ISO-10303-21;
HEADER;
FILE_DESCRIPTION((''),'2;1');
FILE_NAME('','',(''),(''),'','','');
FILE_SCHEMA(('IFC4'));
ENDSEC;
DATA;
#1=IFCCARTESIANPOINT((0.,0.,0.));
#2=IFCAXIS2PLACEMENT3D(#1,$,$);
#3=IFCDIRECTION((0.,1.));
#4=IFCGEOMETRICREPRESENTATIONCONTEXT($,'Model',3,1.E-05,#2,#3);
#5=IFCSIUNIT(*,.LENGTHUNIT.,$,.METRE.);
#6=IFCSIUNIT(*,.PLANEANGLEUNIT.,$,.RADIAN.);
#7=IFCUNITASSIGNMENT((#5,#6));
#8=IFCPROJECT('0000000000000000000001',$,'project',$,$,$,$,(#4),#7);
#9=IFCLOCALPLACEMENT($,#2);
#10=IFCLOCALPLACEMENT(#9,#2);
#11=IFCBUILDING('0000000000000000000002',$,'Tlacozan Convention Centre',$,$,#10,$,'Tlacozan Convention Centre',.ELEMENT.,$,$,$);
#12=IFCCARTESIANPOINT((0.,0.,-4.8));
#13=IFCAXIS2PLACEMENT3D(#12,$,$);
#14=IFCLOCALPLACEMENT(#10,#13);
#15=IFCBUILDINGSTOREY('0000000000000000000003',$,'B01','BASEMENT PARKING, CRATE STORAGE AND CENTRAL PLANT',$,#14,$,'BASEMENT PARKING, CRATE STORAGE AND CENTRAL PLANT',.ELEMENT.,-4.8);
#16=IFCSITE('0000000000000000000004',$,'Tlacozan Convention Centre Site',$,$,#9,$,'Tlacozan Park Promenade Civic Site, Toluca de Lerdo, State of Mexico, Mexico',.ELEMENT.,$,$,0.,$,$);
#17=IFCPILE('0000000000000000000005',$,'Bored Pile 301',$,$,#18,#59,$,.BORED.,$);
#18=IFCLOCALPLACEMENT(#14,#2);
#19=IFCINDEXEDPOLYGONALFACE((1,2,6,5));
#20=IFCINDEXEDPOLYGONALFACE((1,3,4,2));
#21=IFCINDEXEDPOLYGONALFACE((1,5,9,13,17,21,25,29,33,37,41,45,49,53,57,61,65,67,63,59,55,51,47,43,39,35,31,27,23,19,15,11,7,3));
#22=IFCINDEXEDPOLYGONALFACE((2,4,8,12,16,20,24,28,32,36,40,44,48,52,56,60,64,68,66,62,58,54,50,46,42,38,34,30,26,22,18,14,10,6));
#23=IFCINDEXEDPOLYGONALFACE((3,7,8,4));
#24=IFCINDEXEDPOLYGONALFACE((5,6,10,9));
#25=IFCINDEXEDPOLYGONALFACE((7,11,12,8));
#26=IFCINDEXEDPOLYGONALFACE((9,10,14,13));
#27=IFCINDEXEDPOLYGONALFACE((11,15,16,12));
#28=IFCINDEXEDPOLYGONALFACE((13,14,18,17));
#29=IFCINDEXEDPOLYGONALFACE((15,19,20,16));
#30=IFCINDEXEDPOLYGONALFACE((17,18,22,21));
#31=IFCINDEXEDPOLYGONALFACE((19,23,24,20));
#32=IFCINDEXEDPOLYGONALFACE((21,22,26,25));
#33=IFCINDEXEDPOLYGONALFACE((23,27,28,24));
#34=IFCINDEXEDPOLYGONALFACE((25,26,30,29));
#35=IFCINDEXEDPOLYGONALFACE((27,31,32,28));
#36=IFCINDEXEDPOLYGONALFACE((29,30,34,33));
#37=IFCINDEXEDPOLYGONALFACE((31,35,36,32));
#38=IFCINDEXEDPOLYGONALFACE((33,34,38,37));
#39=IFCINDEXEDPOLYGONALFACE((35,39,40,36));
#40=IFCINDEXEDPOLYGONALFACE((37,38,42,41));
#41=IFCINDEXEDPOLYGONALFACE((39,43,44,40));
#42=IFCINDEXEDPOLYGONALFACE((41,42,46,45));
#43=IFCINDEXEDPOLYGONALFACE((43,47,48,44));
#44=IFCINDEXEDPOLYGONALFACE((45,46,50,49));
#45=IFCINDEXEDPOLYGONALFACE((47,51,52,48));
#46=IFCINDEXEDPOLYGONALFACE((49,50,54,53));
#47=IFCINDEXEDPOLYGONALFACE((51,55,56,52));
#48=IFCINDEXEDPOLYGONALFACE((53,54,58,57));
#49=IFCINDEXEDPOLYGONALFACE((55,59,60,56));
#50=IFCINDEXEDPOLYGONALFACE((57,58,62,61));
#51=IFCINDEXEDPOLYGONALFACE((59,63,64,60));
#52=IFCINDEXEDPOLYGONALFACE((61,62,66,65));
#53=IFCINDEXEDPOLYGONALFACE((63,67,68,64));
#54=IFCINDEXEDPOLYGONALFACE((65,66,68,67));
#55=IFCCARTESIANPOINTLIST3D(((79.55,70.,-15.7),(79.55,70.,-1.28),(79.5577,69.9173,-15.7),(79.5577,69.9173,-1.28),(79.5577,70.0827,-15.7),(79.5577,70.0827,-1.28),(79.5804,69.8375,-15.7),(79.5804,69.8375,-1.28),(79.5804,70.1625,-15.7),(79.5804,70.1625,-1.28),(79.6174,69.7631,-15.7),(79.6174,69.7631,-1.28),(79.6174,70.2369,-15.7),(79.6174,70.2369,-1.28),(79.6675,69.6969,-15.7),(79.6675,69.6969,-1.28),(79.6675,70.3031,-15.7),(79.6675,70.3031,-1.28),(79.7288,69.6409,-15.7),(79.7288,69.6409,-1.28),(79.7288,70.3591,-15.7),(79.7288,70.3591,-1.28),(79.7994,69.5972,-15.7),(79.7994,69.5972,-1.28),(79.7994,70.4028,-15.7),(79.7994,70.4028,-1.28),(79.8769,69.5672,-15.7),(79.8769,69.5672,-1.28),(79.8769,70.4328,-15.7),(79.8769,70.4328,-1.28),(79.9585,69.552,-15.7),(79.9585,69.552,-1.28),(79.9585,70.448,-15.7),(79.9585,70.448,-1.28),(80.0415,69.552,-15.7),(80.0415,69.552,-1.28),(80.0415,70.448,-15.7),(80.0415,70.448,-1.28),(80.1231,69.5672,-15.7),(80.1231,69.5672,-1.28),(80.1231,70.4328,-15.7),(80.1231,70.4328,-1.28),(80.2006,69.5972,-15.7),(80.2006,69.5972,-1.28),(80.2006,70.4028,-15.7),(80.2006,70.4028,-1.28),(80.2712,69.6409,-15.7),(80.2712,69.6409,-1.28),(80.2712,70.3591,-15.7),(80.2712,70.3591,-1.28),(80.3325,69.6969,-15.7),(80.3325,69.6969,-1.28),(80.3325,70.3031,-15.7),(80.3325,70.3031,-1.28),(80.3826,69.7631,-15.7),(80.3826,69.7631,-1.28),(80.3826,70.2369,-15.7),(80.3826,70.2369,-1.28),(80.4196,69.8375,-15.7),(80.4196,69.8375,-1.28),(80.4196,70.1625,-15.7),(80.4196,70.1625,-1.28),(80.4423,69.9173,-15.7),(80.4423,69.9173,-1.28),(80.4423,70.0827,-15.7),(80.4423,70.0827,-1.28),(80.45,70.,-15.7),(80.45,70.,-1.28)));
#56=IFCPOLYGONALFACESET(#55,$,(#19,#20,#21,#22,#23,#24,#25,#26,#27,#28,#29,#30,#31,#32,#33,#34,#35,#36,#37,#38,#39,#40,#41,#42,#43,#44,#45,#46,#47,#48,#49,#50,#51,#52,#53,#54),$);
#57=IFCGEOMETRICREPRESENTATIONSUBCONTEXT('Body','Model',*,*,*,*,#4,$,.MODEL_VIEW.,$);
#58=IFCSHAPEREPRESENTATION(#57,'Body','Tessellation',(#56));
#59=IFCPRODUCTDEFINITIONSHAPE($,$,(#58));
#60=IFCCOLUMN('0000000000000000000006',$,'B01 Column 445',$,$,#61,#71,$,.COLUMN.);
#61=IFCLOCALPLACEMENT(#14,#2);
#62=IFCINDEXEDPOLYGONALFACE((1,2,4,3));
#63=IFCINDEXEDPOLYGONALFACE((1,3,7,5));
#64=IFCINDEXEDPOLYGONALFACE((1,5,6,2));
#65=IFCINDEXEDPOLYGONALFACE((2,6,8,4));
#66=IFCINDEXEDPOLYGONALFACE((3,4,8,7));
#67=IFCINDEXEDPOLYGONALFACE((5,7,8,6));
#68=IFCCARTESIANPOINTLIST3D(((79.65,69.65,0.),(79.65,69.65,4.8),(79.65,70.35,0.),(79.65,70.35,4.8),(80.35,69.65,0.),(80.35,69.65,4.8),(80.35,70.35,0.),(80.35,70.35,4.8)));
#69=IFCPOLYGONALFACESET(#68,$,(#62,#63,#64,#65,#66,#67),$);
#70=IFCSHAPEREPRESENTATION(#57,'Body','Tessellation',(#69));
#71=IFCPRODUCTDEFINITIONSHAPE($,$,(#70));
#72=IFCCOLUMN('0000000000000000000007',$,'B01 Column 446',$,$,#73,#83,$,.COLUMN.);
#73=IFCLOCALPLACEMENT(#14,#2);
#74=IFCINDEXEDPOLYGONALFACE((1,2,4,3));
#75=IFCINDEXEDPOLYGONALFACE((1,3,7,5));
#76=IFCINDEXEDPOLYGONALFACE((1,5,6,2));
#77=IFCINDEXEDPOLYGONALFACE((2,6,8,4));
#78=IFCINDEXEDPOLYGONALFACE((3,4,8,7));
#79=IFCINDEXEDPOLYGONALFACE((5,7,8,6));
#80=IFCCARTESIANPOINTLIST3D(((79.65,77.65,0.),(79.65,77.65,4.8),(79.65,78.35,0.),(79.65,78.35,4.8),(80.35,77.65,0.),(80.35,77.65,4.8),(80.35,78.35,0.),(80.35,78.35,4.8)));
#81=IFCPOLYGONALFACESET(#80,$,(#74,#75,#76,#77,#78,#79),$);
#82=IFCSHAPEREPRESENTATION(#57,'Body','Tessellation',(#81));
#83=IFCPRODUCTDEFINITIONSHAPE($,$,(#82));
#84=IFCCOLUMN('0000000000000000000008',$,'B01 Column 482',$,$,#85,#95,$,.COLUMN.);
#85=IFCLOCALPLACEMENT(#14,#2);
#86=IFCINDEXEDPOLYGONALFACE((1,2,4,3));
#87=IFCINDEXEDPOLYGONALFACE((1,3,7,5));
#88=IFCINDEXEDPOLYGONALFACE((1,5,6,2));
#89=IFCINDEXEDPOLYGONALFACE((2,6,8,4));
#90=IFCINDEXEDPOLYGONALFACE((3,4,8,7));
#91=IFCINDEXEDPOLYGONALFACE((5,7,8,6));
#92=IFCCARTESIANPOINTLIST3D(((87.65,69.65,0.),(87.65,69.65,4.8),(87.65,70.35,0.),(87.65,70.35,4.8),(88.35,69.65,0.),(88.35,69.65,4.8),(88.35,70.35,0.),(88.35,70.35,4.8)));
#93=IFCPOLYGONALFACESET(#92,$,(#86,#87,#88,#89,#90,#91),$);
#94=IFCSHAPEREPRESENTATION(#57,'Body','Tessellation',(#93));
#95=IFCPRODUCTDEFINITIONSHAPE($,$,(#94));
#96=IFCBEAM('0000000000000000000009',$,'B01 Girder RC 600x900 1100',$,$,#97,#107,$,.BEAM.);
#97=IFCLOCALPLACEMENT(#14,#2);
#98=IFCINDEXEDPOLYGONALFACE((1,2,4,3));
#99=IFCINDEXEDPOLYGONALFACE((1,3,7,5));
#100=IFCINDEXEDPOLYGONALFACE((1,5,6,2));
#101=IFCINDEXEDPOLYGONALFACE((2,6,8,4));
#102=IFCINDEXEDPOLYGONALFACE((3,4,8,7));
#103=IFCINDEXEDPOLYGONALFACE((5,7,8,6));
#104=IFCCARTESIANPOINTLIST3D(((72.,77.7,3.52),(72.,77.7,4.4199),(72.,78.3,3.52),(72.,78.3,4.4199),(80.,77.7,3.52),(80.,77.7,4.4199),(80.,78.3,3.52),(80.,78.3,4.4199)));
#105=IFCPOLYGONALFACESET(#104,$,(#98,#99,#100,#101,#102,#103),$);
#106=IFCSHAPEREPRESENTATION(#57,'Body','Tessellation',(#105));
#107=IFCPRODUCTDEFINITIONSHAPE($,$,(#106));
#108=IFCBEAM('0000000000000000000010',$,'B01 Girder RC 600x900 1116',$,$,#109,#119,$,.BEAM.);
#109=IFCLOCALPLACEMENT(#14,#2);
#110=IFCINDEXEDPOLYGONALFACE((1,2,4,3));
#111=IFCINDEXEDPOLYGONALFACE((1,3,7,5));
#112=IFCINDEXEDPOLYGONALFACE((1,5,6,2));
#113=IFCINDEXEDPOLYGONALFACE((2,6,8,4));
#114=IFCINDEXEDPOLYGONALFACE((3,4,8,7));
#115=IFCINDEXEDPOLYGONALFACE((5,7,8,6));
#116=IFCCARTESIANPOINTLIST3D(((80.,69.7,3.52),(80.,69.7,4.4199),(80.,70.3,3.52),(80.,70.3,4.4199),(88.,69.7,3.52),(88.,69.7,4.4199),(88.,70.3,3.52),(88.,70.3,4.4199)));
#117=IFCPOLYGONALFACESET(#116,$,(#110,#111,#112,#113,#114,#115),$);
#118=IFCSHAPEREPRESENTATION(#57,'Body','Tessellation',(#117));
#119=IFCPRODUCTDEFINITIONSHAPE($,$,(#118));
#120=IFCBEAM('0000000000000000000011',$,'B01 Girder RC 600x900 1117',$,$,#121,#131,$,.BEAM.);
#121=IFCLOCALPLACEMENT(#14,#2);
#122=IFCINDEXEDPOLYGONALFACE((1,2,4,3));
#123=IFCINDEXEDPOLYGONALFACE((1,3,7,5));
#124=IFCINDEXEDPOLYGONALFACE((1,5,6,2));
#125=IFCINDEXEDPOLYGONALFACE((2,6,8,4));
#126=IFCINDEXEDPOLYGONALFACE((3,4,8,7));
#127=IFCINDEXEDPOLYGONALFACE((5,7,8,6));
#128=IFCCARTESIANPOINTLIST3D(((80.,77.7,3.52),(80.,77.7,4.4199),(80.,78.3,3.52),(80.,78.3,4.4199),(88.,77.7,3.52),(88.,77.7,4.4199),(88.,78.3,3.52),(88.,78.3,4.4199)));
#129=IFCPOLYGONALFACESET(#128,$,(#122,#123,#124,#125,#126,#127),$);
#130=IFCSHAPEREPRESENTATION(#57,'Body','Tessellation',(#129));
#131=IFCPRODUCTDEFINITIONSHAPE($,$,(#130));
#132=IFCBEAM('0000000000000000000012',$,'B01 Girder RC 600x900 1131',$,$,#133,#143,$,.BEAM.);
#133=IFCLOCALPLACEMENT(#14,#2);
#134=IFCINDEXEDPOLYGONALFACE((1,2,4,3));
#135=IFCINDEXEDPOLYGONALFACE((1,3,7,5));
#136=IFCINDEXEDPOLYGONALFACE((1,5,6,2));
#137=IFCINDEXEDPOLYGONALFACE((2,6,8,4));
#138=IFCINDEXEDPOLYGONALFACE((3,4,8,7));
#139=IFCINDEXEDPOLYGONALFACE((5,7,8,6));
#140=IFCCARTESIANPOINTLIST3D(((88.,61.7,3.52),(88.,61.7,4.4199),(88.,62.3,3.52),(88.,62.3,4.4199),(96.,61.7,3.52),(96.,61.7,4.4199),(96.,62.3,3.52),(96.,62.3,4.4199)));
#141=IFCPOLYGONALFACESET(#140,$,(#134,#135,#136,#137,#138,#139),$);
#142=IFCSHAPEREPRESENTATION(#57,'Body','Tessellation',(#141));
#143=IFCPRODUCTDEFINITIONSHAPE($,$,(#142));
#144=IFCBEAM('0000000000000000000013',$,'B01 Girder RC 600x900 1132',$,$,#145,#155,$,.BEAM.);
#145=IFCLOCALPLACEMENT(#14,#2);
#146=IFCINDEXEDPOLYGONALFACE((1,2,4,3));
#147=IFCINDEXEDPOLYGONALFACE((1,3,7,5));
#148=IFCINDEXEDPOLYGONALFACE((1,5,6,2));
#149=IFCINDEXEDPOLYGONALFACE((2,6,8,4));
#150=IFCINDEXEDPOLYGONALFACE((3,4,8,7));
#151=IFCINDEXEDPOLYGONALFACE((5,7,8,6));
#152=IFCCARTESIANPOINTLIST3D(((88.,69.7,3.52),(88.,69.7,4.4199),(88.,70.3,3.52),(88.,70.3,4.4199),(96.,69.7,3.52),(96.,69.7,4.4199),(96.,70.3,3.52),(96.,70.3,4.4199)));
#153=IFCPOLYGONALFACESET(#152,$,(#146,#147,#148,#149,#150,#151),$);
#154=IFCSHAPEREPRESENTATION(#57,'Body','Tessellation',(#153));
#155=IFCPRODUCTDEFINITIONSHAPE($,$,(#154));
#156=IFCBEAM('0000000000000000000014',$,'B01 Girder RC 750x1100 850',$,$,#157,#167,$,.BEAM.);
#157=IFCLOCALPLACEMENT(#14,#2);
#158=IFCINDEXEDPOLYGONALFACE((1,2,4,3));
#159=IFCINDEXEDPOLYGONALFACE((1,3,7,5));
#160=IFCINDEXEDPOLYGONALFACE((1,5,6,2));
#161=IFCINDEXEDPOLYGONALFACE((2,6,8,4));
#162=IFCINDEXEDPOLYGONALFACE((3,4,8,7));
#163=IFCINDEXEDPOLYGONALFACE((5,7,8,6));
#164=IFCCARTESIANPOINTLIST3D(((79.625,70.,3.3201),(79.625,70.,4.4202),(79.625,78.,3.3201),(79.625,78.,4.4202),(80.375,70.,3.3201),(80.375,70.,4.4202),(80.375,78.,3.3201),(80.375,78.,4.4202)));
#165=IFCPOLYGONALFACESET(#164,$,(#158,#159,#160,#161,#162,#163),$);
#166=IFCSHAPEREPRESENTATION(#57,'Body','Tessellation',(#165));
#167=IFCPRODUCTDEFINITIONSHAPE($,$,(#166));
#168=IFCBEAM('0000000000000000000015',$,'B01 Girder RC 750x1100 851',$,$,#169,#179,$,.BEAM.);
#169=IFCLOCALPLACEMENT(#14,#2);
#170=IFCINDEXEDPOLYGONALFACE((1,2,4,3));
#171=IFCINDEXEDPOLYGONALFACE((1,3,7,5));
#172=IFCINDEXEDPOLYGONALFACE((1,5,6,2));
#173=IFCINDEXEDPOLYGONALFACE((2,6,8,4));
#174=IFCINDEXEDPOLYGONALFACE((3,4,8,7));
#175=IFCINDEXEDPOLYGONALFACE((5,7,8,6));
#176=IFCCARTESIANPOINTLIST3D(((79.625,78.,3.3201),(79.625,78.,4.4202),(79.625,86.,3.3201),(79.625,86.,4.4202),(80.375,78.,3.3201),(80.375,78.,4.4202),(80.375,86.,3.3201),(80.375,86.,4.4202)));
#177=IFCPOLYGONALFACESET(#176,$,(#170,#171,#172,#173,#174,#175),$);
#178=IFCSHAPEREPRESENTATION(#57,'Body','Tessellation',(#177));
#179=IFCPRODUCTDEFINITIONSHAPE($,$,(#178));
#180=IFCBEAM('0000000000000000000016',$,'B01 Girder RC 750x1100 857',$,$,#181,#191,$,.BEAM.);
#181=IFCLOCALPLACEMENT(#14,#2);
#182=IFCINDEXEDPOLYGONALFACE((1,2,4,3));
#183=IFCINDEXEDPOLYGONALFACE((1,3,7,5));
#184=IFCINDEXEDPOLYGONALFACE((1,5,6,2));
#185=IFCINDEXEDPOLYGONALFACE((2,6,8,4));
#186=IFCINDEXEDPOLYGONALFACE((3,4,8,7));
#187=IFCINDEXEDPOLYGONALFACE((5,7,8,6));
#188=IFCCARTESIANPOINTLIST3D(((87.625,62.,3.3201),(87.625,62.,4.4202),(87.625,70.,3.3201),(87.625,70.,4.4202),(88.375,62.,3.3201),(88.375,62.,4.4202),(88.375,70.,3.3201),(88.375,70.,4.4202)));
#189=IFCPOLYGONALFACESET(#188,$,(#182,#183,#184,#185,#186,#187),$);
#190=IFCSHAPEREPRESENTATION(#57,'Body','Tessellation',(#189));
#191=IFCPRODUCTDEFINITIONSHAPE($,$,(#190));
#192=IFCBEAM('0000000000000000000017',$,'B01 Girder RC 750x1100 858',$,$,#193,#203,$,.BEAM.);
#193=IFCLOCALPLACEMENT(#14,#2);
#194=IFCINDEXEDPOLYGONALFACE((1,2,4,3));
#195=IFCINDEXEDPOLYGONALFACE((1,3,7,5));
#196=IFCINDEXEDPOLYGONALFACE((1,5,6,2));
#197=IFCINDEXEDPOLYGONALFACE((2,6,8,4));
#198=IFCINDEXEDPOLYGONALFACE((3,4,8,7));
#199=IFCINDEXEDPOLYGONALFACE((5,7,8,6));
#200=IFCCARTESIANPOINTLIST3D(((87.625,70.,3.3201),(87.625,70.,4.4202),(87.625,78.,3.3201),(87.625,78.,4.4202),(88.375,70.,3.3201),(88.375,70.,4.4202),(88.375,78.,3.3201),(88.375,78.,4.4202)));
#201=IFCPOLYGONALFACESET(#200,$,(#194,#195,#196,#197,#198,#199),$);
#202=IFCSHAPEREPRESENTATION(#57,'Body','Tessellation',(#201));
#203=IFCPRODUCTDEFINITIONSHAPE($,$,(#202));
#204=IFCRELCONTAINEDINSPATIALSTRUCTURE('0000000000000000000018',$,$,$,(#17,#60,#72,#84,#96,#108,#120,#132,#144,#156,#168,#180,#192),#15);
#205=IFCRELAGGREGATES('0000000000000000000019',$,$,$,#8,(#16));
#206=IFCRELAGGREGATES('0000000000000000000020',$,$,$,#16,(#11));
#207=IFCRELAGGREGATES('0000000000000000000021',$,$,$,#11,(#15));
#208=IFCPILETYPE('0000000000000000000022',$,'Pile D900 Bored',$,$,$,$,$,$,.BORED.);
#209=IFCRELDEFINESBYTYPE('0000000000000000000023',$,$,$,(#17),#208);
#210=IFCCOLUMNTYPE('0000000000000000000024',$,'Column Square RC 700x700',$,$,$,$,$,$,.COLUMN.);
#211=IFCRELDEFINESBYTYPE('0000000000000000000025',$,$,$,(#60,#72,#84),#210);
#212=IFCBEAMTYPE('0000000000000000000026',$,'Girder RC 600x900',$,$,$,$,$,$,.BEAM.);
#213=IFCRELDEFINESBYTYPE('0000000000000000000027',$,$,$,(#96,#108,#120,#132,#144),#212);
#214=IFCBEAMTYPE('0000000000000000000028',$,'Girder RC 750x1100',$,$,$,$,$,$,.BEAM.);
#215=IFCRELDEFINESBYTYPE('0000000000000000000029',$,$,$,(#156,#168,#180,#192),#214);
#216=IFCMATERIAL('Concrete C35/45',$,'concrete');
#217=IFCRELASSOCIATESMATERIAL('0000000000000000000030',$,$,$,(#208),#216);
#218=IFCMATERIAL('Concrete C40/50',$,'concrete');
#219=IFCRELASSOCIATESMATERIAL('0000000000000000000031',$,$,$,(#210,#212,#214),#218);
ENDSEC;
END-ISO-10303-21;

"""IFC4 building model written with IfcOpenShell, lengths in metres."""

from ifc_helpers import new_model, si_unit, direction, frame, origin, origin_2d, place, context, subcontext, project, spatial, rectangle, circle, extrude, material, material_profile, profile_set, type_object, element, save


model = new_model("IFC4")

# Units and contexts
model_context = context("Model", 3, precision=1e-05, world=origin(), true_north=direction((0.0, 1.0)))
body_context = subcontext(model_context, "Body", "Model", "MODEL_VIEW")
ifc_project = project(units=[si_unit("LENGTHUNIT", "METRE"), si_unit("PLANEANGLEUNIT", "RADIAN")], contexts=[model_context])

# Site, building, storey
site_placement = place(None, origin())
site = spatial("IfcSite", under=ifc_project, at=site_placement, Name="Tlacozan Convention Centre Site", LongName="Tlacozan Park Promenade Civic Site, Toluca de Lerdo, State of Mexico, Mexico", CompositionType="ELEMENT", RefElevation=0.0)
building_placement = place(site_placement, origin())
building = spatial("IfcBuilding", under=site, at=building_placement, Name="Tlacozan Convention Centre", LongName="Tlacozan Convention Centre", CompositionType="ELEMENT")
storey_placement = place(building_placement, frame((0.0, 0.0, -4.8)))
storey = spatial("IfcBuildingStorey", under=building, at=storey_placement, Name="B01", Description="BASEMENT PARKING, CRATE STORAGE AND CENTRAL PLANT", LongName="BASEMENT PARKING, CRATE STORAGE AND CENTRAL PLANT", CompositionType="ELEMENT", Elevation=-4.8)

# Shared definitions
ifc_material_1 = material(Name="Concrete C35/45", Category="concrete")

# Pile
ifc_material_profile_1 = material_profile(ifc_material_1, circle(Radius=0.45, at=origin_2d()), Name="PILE D900")
ifc_profile_set_1 = profile_set([ifc_material_profile_1], Name="Concrete C35/45")
pile_type_1 = type_object("IfcPileType", Name="Pile D900 Bored", PredefinedType="BORED", material=ifc_profile_set_1)
pile_1_placement = place(storey_placement, frame((80.0, 70.0, -1.28), z_axis=(0.0, 0.0, -1.0), x_axis=(1.0, 0.0, 0.0)))
element("IfcPile", 1, at=pile_1_placement, inside=storey, type_object=pile_type_1, Name="Bored Pile 301", PredefinedType="BORED", context=body_context, shape_type="SweptSolid", body=[
    extrude(circle(Radius=0.45, at=origin_2d()), origin(), (0.0, 0.0, 1.0), 14.4199),
])

# Columns
ifc_material_2 = material(Name="Concrete C40/50", Category="concrete")
ifc_material_profile_2 = material_profile(ifc_material_2, rectangle(XDim=0.7, YDim=0.7, at=origin_2d()), Name="RC 700x700")
ifc_profile_set_2 = profile_set([ifc_material_profile_2], Name="Concrete C40/50")
column_type = type_object("IfcColumnType", Name="Column Square RC 700x700", PredefinedType="COLUMN", material=ifc_profile_set_2)
for number, where, z_axis, x_axis, name in (
    (2, (80.0, 70.0, 0.0), (0.0, 0.0, 1.0), (1.0, 0.0, 0.0), "B01 Column 445"),
    (3, (80.0, 78.0, 0.0), (0.0, 0.0, 1.0), (1.0, 0.0, 0.0), "B01 Column 446"),
    (4, (88.0, 70.0, 0.0), (0.0, 0.0, 1.0), (1.0, 0.0, 0.0), "B01 Column 482"),
):
    element("IfcColumn", number, at=place(storey_placement, frame(where, z_axis=z_axis, x_axis=x_axis)), inside=storey, type_object=column_type, Name=name, PredefinedType="COLUMN", context=body_context, shape_type="SweptSolid", body=[
        extrude(rectangle(XDim=0.7, YDim=0.7, at=origin_2d()), origin(), (0.0, 0.0, 1.0), 4.8),
    ])

# Beams
ifc_material_profile_3 = material_profile(ifc_material_2, rectangle(XDim=0.6001, YDim=0.8999, at=origin_2d()), Name="RC 600x900")
ifc_profile_set_3 = profile_set([ifc_material_profile_3], Name="Concrete C40/50")
beam_type_1 = type_object("IfcBeamType", Name="Girder RC 600x900", PredefinedType="BEAM", material=ifc_profile_set_3)
for number, where, z_axis, x_axis, name in (
    (5, (72.0, 78.0, 3.97), (1.0, 0.0, 0.0), (0.0, 1.0, 0.0), "B01 Girder RC 600x900 1100"),
    (6, (80.0, 70.0, 3.97), (1.0, 0.0, 0.0), (0.0, 1.0, 0.0), "B01 Girder RC 600x900 1116"),
    (7, (80.0, 78.0, 3.97), (1.0, 0.0, 0.0), (0.0, 1.0, 0.0), "B01 Girder RC 600x900 1117"),
    (8, (88.0, 62.0, 3.97), (1.0, 0.0, 0.0), (0.0, 1.0, 0.0), "B01 Girder RC 600x900 1131"),
    (9, (88.0, 70.0, 3.97), (1.0, 0.0, 0.0), (0.0, 1.0, 0.0), "B01 Girder RC 600x900 1132"),
):
    element("IfcBeam", number, at=place(storey_placement, frame(where, z_axis=z_axis, x_axis=x_axis)), inside=storey, type_object=beam_type_1, Name=name, PredefinedType="BEAM", context=body_context, shape_type="SweptSolid", body=[
        extrude(rectangle(XDim=0.6001, YDim=0.8999, at=origin_2d()), origin(), (0.0, 0.0, 1.0), 8.0),
    ])
ifc_material_profile_4 = material_profile(ifc_material_2, rectangle(XDim=0.75, YDim=1.1001, at=origin_2d()), Name="RC 750x1100")
ifc_profile_set_4 = profile_set([ifc_material_profile_4], Name="Concrete C40/50")
beam_type_2 = type_object("IfcBeamType", Name="Girder RC 750x1100", PredefinedType="BEAM", material=ifc_profile_set_4)
for number, where, z_axis, x_axis, name in (
    (10, (80.0, 70.0, 3.8701), (0.0, 1.0, 0.0), (-1.0, 0.0, 0.0), "B01 Girder RC 750x1100 850"),
    (11, (80.0, 78.0, 3.8701), (0.0, 1.0, 0.0), (-1.0, 0.0, 0.0), "B01 Girder RC 750x1100 851"),
    (12, (88.0, 62.0, 3.8701), (0.0, 1.0, 0.0), (-1.0, 0.0, 0.0), "B01 Girder RC 750x1100 857"),
    (13, (88.0, 70.0, 3.8701), (0.0, 1.0, 0.0), (-1.0, 0.0, 0.0), "B01 Girder RC 750x1100 858"),
):
    element("IfcBeam", number, at=place(storey_placement, frame(where, z_axis=z_axis, x_axis=x_axis)), inside=storey, type_object=beam_type_2, Name=name, PredefinedType="BEAM", context=body_context, shape_type="SweptSolid", body=[
        extrude(rectangle(XDim=0.75, YDim=1.1001, at=origin_2d()), origin(), (0.0, 0.0, 1.0), 8.0),
    ])

save(model, "model.ifc")
